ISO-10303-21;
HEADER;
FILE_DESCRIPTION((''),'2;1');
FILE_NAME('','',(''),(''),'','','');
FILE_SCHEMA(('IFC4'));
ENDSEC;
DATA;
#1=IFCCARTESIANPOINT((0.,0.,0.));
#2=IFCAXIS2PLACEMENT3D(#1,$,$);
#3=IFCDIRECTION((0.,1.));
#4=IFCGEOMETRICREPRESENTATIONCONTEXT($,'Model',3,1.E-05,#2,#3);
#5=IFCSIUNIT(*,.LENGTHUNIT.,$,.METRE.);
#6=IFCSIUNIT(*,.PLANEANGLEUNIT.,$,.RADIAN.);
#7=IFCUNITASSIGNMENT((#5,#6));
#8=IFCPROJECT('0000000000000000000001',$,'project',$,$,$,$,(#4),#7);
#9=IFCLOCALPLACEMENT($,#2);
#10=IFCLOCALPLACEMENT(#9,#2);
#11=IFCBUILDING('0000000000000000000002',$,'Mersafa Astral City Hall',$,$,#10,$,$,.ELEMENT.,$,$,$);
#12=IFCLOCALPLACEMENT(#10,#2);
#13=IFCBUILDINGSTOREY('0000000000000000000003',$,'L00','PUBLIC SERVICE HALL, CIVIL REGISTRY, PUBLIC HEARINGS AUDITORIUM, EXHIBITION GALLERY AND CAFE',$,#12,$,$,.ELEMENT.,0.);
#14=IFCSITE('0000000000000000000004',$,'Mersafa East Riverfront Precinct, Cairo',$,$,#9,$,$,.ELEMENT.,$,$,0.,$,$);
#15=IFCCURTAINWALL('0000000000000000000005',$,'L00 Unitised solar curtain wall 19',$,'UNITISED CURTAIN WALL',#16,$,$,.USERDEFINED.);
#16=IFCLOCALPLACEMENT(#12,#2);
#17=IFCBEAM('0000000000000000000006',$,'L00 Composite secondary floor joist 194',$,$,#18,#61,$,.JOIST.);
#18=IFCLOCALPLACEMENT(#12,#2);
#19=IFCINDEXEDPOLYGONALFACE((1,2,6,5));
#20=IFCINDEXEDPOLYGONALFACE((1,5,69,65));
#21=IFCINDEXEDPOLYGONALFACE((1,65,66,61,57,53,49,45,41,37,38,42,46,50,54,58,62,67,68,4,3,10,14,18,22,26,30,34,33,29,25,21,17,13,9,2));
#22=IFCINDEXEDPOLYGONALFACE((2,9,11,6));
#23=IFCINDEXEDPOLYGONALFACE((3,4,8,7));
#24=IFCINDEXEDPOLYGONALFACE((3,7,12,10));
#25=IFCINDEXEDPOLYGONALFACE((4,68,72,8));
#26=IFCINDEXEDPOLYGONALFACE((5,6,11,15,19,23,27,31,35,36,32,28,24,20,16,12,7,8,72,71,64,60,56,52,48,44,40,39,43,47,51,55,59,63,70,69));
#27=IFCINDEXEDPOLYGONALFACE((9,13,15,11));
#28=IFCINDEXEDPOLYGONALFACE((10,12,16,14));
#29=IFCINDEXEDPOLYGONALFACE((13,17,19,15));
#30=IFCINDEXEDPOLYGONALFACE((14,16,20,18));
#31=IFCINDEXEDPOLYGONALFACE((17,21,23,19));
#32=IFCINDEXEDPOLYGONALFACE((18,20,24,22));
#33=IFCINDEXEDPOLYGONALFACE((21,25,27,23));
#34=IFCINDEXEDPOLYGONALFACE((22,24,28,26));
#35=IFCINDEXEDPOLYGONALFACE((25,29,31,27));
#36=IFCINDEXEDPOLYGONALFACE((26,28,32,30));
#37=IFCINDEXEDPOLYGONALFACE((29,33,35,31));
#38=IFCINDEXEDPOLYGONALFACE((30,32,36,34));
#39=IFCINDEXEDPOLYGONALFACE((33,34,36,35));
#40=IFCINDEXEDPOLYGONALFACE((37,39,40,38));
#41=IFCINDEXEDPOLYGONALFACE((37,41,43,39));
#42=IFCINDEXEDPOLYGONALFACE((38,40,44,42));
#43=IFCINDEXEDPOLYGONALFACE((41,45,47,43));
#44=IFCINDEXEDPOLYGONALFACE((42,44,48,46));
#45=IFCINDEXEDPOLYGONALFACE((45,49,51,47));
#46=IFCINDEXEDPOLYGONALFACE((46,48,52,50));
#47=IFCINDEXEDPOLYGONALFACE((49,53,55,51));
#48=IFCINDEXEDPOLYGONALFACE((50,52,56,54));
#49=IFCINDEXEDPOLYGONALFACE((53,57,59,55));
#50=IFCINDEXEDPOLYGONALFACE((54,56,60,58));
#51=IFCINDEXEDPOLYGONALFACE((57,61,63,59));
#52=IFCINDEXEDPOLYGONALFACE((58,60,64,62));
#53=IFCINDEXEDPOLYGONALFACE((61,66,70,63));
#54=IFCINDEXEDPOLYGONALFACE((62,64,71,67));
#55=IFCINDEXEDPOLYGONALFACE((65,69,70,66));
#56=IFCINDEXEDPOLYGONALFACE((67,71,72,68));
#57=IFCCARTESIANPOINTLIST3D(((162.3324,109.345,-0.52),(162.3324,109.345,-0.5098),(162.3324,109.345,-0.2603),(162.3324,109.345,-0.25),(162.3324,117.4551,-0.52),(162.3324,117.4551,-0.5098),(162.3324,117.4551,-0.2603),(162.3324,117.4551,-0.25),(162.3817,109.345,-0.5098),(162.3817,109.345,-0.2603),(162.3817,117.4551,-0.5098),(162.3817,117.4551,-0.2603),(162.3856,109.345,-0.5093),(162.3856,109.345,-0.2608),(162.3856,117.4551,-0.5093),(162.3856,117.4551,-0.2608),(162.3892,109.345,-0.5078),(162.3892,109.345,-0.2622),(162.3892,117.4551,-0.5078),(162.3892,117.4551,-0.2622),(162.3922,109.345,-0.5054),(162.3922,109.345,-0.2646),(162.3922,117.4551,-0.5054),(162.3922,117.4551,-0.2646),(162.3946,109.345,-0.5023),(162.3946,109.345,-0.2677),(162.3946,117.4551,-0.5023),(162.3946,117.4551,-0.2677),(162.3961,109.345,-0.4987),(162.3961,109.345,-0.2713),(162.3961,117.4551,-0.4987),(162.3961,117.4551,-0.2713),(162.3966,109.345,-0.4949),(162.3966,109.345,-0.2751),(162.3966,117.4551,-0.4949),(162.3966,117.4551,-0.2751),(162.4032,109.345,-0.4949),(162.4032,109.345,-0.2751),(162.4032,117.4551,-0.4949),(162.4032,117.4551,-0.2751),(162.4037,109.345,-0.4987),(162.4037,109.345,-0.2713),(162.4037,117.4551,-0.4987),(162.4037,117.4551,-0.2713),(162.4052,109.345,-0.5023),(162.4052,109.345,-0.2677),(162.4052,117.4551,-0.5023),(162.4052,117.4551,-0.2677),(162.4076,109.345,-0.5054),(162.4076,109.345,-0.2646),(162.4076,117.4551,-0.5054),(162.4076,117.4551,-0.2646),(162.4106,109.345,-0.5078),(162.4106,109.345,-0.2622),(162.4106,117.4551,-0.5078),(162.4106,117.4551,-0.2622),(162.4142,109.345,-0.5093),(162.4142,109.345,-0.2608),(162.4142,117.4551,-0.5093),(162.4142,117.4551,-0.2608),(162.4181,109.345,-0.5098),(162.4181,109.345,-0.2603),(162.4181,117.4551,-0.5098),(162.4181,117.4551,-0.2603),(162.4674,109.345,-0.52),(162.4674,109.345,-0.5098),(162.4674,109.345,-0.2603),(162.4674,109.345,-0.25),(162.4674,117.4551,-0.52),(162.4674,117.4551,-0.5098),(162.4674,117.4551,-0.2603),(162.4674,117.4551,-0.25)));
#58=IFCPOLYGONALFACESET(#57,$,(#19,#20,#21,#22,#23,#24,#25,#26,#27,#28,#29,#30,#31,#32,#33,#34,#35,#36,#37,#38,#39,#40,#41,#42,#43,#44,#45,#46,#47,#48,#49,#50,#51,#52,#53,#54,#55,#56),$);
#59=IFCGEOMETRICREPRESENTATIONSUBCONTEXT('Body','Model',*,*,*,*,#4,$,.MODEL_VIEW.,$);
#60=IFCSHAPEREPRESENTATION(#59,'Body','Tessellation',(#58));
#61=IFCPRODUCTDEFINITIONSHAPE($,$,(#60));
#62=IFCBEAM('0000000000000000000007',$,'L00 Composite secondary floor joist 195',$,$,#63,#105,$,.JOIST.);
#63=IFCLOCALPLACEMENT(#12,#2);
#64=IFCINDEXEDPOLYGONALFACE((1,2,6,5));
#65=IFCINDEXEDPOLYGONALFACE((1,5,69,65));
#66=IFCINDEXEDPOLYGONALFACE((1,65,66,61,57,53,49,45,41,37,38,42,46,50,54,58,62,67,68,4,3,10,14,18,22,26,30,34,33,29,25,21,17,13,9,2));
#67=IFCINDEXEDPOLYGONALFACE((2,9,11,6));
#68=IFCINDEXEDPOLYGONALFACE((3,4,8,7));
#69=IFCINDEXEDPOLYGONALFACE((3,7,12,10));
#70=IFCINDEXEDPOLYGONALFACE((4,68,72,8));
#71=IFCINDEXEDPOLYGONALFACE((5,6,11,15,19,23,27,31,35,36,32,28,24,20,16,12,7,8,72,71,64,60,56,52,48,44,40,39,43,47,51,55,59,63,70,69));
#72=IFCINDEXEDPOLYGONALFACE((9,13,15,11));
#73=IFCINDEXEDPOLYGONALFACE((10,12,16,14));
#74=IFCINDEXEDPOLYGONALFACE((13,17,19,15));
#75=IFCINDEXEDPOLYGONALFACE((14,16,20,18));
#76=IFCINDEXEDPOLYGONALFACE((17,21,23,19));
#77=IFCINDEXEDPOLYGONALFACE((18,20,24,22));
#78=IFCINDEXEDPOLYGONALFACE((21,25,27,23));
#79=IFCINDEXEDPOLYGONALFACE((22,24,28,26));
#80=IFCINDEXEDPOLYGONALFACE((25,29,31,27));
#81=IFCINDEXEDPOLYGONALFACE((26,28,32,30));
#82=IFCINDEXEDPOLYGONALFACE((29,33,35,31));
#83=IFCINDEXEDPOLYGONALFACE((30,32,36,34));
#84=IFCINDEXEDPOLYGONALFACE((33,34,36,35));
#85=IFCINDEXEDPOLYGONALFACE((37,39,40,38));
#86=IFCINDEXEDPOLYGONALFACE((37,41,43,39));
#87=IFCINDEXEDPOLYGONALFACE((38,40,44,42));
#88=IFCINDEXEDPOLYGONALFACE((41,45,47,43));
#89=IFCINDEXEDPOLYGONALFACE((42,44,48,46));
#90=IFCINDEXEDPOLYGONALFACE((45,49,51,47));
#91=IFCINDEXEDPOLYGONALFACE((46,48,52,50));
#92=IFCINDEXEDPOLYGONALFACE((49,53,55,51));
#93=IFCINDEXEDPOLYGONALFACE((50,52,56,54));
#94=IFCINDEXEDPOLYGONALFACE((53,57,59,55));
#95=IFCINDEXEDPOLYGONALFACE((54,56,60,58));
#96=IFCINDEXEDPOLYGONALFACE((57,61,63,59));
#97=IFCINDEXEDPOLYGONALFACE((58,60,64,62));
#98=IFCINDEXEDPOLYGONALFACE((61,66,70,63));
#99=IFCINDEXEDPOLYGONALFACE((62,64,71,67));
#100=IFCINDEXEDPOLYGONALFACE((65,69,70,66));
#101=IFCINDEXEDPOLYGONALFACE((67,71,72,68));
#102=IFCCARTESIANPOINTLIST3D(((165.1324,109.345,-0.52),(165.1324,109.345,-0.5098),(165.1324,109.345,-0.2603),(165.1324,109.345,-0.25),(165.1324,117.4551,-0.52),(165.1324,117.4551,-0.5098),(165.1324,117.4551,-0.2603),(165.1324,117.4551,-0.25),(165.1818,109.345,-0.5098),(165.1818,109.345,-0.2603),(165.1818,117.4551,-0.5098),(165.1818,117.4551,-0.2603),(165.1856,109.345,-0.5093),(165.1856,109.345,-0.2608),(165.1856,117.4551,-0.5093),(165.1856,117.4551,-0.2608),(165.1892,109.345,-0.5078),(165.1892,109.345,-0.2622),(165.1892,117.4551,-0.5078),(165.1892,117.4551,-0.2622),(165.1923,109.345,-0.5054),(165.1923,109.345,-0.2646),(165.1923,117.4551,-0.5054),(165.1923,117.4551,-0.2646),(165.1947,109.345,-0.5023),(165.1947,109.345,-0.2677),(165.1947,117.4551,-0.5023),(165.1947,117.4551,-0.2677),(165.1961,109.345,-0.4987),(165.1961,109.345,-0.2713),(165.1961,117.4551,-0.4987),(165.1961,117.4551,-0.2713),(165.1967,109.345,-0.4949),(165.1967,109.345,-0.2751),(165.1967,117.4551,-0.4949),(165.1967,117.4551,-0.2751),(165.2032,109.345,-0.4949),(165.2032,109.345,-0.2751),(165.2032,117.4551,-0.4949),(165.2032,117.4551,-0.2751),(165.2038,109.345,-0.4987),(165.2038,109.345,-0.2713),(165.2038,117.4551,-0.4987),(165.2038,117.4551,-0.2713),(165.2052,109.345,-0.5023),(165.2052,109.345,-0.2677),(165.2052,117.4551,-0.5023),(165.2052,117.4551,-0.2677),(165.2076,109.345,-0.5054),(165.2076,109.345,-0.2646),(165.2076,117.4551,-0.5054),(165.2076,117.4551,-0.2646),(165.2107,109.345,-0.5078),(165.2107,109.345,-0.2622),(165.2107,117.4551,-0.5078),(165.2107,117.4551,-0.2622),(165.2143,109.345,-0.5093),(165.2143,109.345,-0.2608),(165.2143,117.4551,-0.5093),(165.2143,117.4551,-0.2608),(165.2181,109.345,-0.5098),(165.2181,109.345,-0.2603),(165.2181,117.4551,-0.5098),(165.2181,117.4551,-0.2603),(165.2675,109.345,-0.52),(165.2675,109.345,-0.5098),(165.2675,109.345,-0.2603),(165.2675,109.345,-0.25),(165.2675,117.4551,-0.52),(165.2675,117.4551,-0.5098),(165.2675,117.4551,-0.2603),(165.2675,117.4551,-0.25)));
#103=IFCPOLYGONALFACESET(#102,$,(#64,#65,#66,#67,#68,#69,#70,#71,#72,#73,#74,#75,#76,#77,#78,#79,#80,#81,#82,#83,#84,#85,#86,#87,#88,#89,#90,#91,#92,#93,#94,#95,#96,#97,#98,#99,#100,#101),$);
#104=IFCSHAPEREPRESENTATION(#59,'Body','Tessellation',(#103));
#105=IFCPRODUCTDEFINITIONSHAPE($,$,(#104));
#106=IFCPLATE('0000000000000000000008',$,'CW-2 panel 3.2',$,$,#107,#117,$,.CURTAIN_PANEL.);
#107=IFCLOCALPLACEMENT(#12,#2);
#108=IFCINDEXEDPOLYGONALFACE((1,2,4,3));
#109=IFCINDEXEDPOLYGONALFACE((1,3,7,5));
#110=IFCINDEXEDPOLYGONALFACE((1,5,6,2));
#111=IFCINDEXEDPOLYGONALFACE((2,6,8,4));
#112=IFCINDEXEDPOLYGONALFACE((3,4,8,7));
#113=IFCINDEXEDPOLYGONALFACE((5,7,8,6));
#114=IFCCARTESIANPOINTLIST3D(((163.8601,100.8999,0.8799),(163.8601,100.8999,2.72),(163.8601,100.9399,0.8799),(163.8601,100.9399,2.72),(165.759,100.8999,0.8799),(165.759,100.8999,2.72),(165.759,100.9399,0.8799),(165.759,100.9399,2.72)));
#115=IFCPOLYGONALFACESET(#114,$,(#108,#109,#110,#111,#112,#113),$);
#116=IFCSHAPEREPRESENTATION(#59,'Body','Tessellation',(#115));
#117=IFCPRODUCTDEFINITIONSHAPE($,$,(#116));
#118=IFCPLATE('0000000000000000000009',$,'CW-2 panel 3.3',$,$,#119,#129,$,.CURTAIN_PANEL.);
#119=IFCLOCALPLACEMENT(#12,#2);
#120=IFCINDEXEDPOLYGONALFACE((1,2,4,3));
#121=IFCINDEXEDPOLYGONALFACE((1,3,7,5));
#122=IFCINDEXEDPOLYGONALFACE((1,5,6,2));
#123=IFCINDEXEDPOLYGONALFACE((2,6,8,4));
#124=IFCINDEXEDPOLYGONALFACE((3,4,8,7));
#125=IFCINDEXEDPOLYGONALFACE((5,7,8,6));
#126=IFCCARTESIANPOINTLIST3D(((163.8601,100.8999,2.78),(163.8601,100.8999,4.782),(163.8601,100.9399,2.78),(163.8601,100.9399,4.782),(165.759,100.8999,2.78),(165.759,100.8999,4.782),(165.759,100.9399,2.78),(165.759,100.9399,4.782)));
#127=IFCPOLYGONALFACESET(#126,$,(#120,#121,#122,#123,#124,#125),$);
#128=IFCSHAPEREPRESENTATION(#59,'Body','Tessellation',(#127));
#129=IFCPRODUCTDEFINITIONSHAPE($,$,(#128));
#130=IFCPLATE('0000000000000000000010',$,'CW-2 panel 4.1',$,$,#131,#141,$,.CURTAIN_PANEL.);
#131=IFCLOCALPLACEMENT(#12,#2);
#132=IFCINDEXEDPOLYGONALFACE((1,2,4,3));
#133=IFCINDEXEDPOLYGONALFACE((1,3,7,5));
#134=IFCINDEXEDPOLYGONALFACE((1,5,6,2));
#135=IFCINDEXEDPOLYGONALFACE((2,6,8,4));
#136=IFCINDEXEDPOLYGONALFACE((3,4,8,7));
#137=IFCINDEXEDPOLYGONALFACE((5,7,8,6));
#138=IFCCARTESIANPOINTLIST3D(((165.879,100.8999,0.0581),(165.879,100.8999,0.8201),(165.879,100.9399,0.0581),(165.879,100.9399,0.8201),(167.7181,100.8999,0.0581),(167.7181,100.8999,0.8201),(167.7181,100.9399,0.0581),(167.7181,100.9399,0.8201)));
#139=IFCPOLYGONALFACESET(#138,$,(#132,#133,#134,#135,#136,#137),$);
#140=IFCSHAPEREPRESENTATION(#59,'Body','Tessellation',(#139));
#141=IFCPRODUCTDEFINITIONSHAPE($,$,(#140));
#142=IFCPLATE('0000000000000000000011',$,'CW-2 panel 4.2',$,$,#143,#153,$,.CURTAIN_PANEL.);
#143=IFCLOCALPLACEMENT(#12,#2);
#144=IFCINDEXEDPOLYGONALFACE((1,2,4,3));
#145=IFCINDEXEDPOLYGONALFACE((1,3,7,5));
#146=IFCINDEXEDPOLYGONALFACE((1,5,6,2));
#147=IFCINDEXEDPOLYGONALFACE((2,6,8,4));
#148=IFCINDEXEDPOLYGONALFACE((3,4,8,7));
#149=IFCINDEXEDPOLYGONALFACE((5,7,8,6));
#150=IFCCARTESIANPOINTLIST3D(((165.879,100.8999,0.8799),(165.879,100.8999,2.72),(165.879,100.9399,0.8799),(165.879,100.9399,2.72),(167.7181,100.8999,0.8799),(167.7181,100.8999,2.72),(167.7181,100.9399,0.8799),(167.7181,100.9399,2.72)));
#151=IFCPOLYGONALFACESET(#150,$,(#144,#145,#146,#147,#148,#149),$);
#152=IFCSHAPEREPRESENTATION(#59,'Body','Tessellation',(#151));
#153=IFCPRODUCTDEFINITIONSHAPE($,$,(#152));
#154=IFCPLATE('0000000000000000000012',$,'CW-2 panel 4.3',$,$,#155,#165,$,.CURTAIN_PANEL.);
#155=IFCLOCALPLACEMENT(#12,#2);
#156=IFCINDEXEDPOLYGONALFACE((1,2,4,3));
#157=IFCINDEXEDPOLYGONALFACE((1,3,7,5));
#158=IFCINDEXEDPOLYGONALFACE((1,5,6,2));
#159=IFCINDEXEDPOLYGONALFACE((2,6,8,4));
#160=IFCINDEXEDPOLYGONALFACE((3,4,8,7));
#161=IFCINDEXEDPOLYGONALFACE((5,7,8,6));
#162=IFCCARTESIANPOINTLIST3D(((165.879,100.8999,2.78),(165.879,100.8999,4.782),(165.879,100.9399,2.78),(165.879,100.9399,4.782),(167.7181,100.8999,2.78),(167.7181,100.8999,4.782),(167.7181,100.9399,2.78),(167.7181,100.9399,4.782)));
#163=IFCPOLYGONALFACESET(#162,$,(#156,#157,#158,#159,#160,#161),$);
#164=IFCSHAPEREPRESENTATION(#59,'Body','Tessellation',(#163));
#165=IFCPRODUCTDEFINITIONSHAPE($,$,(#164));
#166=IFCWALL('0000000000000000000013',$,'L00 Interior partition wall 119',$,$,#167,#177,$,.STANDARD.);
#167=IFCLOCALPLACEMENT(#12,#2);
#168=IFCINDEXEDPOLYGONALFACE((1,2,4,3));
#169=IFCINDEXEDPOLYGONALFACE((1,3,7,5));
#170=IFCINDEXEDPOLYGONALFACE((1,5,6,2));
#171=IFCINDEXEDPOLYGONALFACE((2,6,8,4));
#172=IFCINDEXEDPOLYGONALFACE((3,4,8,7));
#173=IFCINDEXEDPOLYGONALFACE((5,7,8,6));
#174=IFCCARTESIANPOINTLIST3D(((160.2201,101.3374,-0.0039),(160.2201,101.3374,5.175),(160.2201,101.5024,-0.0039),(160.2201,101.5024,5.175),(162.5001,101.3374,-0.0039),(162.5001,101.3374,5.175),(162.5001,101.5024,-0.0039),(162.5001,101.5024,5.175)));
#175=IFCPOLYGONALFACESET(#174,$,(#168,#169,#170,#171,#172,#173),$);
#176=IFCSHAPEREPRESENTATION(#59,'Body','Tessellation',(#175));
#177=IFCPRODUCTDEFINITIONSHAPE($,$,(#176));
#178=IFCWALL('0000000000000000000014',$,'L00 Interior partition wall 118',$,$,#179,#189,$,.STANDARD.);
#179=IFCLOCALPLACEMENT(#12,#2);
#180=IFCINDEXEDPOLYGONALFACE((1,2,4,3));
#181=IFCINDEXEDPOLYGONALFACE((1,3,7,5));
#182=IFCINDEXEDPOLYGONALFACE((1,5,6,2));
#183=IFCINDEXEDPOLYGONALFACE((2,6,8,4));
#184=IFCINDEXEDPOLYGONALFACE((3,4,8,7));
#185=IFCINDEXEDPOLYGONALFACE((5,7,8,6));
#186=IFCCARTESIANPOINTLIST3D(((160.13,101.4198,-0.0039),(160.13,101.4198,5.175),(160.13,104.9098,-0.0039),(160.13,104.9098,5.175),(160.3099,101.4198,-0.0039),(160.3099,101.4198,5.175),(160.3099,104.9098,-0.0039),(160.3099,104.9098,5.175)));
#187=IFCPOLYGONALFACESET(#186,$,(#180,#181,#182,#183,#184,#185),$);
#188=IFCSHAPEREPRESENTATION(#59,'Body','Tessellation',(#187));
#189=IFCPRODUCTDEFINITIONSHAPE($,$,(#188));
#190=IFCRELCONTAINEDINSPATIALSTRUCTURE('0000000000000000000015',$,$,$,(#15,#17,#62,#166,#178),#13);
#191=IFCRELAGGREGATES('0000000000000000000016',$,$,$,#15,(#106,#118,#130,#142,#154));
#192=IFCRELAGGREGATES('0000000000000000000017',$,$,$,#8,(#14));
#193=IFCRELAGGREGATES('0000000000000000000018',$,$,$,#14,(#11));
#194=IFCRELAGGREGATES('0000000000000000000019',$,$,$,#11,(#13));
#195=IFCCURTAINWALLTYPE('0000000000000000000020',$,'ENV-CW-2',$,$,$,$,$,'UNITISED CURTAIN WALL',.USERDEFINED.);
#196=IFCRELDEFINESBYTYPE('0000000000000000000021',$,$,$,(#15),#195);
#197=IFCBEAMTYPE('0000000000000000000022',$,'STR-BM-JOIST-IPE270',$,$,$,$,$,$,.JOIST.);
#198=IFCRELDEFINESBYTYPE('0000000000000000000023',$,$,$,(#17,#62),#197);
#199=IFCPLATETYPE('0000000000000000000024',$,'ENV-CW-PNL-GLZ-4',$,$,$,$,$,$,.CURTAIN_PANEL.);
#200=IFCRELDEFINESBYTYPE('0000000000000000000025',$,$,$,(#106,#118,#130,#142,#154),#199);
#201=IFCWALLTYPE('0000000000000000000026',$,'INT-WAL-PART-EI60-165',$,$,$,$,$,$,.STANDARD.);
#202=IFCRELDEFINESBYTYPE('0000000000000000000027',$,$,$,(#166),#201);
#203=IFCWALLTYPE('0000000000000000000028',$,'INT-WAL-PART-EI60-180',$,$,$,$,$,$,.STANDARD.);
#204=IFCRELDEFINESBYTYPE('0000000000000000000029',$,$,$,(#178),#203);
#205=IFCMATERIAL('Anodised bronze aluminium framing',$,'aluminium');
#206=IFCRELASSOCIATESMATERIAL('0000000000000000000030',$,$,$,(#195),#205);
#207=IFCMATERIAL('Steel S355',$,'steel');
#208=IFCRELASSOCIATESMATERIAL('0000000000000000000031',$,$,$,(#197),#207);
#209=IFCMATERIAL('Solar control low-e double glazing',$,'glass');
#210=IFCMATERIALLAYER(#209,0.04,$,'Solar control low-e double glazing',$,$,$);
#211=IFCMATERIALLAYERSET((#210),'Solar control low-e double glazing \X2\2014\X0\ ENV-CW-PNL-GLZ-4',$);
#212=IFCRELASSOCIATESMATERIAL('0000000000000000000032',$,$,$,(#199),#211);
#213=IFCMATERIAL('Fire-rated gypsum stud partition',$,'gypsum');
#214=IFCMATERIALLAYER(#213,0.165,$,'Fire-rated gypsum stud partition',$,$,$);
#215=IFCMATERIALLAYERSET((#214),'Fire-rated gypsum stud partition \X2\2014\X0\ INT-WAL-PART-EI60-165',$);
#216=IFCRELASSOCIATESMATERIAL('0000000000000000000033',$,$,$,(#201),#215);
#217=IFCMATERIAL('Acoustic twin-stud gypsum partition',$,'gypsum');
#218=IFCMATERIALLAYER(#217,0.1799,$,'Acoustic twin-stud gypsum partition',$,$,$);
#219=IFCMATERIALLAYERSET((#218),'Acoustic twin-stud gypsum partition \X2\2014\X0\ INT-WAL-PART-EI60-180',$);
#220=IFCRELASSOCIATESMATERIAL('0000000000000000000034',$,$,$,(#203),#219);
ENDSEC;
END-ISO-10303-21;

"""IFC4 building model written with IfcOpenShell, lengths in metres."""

from ifc_helpers import new_model, si_unit, direction, frame, frame_2d, origin, origin_2d, place, context, subcontext, project, spatial, rectangle, i_section, extrude, material, layer, layer_set, material_profile, profile_set, type_object, element, aggregate, save


model = new_model("IFC4")

# Units and contexts
model_context = context("Model", 3, precision=1e-05, world=origin(), true_north=direction((0.0, 1.0)))
body_context = subcontext(model_context, "Body", "Model", "MODEL_VIEW")
ifc_project = project(units=[si_unit("LENGTHUNIT", "METRE"), si_unit("PLANEANGLEUNIT", "RADIAN")], contexts=[model_context])

# Site, building, storey
site_placement = place(None, origin())
site = spatial("IfcSite", under=ifc_project, at=site_placement, Name="Mersafa East Riverfront Precinct, Cairo", CompositionType="ELEMENT", RefElevation=0.0)
building_placement = place(site_placement, origin())
building = spatial("IfcBuilding", under=site, at=building_placement, Name="Mersafa Astral City Hall", CompositionType="ELEMENT")
storey_placement = place(building_placement, origin())
storey = spatial("IfcBuildingStorey", under=building, at=storey_placement, Name="L00", Description="PUBLIC SERVICE HALL, CIVIL REGISTRY, PUBLIC HEARINGS AUDITORIUM, EXHIBITION GALLERY AND CAFE", CompositionType="ELEMENT", Elevation=0.0)

# Shared definitions
ifc_material_1 = material(Name="Steel S355", Category="steel")

# Curtain wall
ifc_material_2 = material(Name="Anodised bronze aluminium framing", Category="aluminium")
curtain_wall_type = type_object("IfcCurtainWallType", Name="ENV-CW-2", ElementType="UNITISED CURTAIN WALL", PredefinedType="USERDEFINED", material=ifc_material_2)
curtain_wall_placement = place(storey_placement, origin())
curtain_wall = element("IfcCurtainWall", 1, at=curtain_wall_placement, inside=storey, type_object=curtain_wall_type, Name="L00 Unitised solar curtain wall 19", ObjectType="UNITISED CURTAIN WALL", PredefinedType="USERDEFINED")

# Beams
ifc_material_profile_1 = material_profile(ifc_material_1, i_section(OverallWidth=0.135, OverallDepth=0.27, WebThickness=0.0066, FlangeThickness=0.0103, FilletRadius=0.0149, at=origin_2d()), Name="IPE 270")
ifc_profile_set_1 = profile_set([ifc_material_profile_1], Name="Steel S355")
beam_type_1 = type_object("IfcBeamType", Name="STR-BM-JOIST-IPE270", PredefinedType="JOIST", material=ifc_profile_set_1)
for number, where, z_axis, x_axis, name in (
    (2, (162.3999, 109.345, -0.385), (0.0, 1.0, 0.0), (-1.0, 0.0, 0.0), "L00 Composite secondary floor joist 194"),
    (3, (165.2, 109.345, -0.385), (0.0, 1.0, 0.0), (-1.0, 0.0, 0.0), "L00 Composite secondary floor joist 195"),
):
    element("IfcBeam", number, at=place(storey_placement, frame(where, z_axis=z_axis, x_axis=x_axis)), inside=storey, type_object=beam_type_1, Name=name, PredefinedType="JOIST", context=body_context, shape_type="SweptSolid", body=[
        extrude(i_section(OverallWidth=0.135, OverallDepth=0.27, WebThickness=0.0066, FlangeThickness=0.0103, FilletRadius=0.0149, at=origin_2d()), origin(), (0.0, 0.0, 1.0), 8.1101),
    ])

# Plates
ifc_material_3 = material(Name="Solar control low-e double glazing", Category="glass")
ifc_layer_1 = layer(ifc_material_3, 0.04, Name="Solar control low-e double glazing")
ifc_layer_set_1 = layer_set([ifc_layer_1], Name="Solar control low-e double glazing — ENV-CW-PNL-GLZ-4")
plate_type = type_object("IfcPlateType", Name="ENV-CW-PNL-GLZ-4", PredefinedType="CURTAIN_PANEL", material=ifc_layer_set_1)
plate_1_placement = place(storey_placement, frame((164.8096, 100.9199, 0.8799), z_axis=(0.0, 0.0, 1.0), x_axis=(1.0, 0.0, 0.0)))
plate_1 = element("IfcPlate", 4, at=plate_1_placement, type_object=plate_type, Name="CW-2 panel 3.2", PredefinedType="CURTAIN_PANEL", context=body_context, shape_type="SweptSolid", body=[
    extrude(rectangle(XDim=1.8989, YDim=0.04, at=origin_2d()), origin(), (0.0, 0.0, 1.0), 1.8401),
])
plate_2_placement = place(storey_placement, frame((164.8096, 100.9199, 2.78), z_axis=(0.0, 0.0, 1.0), x_axis=(1.0, 0.0, 0.0)))
plate_2 = element("IfcPlate", 5, at=plate_2_placement, type_object=plate_type, Name="CW-2 panel 3.3", PredefinedType="CURTAIN_PANEL", context=body_context, shape_type="SweptSolid", body=[
    extrude(rectangle(XDim=1.8989, YDim=0.04, at=origin_2d()), origin(), (0.0, 0.0, 1.0), 2.002),
])
plate_3_placement = place(storey_placement, frame((166.7986, 100.9199, 0.0581), z_axis=(0.0, 0.0, 1.0), x_axis=(1.0, 0.0, 0.0)))
plate_3 = element("IfcPlate", 6, at=plate_3_placement, type_object=plate_type, Name="CW-2 panel 4.1", PredefinedType="CURTAIN_PANEL", context=body_context, shape_type="SweptSolid", body=[
    extrude(rectangle(XDim=1.8391, YDim=0.04, at=origin_2d()), origin(), (0.0, 0.0, 1.0), 0.762),
])
plate_4_placement = place(storey_placement, frame((166.7986, 100.9199, 0.8799), z_axis=(0.0, 0.0, 1.0), x_axis=(1.0, 0.0, 0.0)))
plate_4 = element("IfcPlate", 7, at=plate_4_placement, type_object=plate_type, Name="CW-2 panel 4.2", PredefinedType="CURTAIN_PANEL", context=body_context, shape_type="SweptSolid", body=[
    extrude(rectangle(XDim=1.8391, YDim=0.04, at=origin_2d()), origin(), (0.0, 0.0, 1.0), 1.8401),
])
plate_5_placement = place(storey_placement, frame((166.7986, 100.9199, 2.78), z_axis=(0.0, 0.0, 1.0), x_axis=(1.0, 0.0, 0.0)))
plate_5 = element("IfcPlate", 8, at=plate_5_placement, type_object=plate_type, Name="CW-2 panel 4.3", PredefinedType="CURTAIN_PANEL", context=body_context, shape_type="SweptSolid", body=[
    extrude(rectangle(XDim=1.8391, YDim=0.04, at=origin_2d()), origin(), (0.0, 0.0, 1.0), 2.002),
])
aggregate(curtain_wall, [plate_1, plate_2, plate_3, plate_4, plate_5])

# Walls
ifc_material_4 = material(Name="Fire-rated gypsum stud partition", Category="gypsum")
ifc_layer_2 = layer(ifc_material_4, 0.165, Name="Fire-rated gypsum stud partition")
ifc_layer_set_2 = layer_set([ifc_layer_2], Name="Fire-rated gypsum stud partition — INT-WAL-PART-EI60-165")
wall_type_1 = type_object("IfcWallType", Name="INT-WAL-PART-EI60-165", PredefinedType="STANDARD", material=ifc_layer_set_2)
wall_1_placement = place(storey_placement, frame((160.22, 101.4199, -0.0039), z_axis=(0.0, 0.0, 1.0), x_axis=(1.0, 0.0, 0.0)))
element("IfcWall", 9, at=wall_1_placement, inside=storey, type_object=wall_type_1, Name="L00 Interior partition wall 119", PredefinedType="STANDARD", context=body_context, shape_type="SweptSolid", body=[
    extrude(rectangle(XDim=2.28, YDim=0.165, at=frame_2d((1.1401, 0.0))), origin(), (0.0, 0.0, 1.0), 5.179),
])
ifc_material_5 = material(Name="Acoustic twin-stud gypsum partition", Category="gypsum")
ifc_layer_3 = layer(ifc_material_5, 0.1799, Name="Acoustic twin-stud gypsum partition")
ifc_layer_set_3 = layer_set([ifc_layer_3], Name="Acoustic twin-stud gypsum partition — INT-WAL-PART-EI60-180")
wall_type_2 = type_object("IfcWallType", Name="INT-WAL-PART-EI60-180", PredefinedType="STANDARD", material=ifc_layer_set_3)
wall_2_placement = place(storey_placement, frame((160.22, 104.9099, -0.0039), z_axis=(0.0, 0.0, 1.0), x_axis=(0.0, -1.0, 0.0)))
element("IfcWall", 10, at=wall_2_placement, inside=storey, type_object=wall_type_2, Name="L00 Interior partition wall 118", PredefinedType="STANDARD", context=body_context, shape_type="SweptSolid", body=[
    extrude(rectangle(XDim=3.49, YDim=0.1799, at=frame_2d((1.7451, 0.0))), origin(), (0.0, 0.0, 1.0), 5.179),
])

save(model, "model.ifc")
